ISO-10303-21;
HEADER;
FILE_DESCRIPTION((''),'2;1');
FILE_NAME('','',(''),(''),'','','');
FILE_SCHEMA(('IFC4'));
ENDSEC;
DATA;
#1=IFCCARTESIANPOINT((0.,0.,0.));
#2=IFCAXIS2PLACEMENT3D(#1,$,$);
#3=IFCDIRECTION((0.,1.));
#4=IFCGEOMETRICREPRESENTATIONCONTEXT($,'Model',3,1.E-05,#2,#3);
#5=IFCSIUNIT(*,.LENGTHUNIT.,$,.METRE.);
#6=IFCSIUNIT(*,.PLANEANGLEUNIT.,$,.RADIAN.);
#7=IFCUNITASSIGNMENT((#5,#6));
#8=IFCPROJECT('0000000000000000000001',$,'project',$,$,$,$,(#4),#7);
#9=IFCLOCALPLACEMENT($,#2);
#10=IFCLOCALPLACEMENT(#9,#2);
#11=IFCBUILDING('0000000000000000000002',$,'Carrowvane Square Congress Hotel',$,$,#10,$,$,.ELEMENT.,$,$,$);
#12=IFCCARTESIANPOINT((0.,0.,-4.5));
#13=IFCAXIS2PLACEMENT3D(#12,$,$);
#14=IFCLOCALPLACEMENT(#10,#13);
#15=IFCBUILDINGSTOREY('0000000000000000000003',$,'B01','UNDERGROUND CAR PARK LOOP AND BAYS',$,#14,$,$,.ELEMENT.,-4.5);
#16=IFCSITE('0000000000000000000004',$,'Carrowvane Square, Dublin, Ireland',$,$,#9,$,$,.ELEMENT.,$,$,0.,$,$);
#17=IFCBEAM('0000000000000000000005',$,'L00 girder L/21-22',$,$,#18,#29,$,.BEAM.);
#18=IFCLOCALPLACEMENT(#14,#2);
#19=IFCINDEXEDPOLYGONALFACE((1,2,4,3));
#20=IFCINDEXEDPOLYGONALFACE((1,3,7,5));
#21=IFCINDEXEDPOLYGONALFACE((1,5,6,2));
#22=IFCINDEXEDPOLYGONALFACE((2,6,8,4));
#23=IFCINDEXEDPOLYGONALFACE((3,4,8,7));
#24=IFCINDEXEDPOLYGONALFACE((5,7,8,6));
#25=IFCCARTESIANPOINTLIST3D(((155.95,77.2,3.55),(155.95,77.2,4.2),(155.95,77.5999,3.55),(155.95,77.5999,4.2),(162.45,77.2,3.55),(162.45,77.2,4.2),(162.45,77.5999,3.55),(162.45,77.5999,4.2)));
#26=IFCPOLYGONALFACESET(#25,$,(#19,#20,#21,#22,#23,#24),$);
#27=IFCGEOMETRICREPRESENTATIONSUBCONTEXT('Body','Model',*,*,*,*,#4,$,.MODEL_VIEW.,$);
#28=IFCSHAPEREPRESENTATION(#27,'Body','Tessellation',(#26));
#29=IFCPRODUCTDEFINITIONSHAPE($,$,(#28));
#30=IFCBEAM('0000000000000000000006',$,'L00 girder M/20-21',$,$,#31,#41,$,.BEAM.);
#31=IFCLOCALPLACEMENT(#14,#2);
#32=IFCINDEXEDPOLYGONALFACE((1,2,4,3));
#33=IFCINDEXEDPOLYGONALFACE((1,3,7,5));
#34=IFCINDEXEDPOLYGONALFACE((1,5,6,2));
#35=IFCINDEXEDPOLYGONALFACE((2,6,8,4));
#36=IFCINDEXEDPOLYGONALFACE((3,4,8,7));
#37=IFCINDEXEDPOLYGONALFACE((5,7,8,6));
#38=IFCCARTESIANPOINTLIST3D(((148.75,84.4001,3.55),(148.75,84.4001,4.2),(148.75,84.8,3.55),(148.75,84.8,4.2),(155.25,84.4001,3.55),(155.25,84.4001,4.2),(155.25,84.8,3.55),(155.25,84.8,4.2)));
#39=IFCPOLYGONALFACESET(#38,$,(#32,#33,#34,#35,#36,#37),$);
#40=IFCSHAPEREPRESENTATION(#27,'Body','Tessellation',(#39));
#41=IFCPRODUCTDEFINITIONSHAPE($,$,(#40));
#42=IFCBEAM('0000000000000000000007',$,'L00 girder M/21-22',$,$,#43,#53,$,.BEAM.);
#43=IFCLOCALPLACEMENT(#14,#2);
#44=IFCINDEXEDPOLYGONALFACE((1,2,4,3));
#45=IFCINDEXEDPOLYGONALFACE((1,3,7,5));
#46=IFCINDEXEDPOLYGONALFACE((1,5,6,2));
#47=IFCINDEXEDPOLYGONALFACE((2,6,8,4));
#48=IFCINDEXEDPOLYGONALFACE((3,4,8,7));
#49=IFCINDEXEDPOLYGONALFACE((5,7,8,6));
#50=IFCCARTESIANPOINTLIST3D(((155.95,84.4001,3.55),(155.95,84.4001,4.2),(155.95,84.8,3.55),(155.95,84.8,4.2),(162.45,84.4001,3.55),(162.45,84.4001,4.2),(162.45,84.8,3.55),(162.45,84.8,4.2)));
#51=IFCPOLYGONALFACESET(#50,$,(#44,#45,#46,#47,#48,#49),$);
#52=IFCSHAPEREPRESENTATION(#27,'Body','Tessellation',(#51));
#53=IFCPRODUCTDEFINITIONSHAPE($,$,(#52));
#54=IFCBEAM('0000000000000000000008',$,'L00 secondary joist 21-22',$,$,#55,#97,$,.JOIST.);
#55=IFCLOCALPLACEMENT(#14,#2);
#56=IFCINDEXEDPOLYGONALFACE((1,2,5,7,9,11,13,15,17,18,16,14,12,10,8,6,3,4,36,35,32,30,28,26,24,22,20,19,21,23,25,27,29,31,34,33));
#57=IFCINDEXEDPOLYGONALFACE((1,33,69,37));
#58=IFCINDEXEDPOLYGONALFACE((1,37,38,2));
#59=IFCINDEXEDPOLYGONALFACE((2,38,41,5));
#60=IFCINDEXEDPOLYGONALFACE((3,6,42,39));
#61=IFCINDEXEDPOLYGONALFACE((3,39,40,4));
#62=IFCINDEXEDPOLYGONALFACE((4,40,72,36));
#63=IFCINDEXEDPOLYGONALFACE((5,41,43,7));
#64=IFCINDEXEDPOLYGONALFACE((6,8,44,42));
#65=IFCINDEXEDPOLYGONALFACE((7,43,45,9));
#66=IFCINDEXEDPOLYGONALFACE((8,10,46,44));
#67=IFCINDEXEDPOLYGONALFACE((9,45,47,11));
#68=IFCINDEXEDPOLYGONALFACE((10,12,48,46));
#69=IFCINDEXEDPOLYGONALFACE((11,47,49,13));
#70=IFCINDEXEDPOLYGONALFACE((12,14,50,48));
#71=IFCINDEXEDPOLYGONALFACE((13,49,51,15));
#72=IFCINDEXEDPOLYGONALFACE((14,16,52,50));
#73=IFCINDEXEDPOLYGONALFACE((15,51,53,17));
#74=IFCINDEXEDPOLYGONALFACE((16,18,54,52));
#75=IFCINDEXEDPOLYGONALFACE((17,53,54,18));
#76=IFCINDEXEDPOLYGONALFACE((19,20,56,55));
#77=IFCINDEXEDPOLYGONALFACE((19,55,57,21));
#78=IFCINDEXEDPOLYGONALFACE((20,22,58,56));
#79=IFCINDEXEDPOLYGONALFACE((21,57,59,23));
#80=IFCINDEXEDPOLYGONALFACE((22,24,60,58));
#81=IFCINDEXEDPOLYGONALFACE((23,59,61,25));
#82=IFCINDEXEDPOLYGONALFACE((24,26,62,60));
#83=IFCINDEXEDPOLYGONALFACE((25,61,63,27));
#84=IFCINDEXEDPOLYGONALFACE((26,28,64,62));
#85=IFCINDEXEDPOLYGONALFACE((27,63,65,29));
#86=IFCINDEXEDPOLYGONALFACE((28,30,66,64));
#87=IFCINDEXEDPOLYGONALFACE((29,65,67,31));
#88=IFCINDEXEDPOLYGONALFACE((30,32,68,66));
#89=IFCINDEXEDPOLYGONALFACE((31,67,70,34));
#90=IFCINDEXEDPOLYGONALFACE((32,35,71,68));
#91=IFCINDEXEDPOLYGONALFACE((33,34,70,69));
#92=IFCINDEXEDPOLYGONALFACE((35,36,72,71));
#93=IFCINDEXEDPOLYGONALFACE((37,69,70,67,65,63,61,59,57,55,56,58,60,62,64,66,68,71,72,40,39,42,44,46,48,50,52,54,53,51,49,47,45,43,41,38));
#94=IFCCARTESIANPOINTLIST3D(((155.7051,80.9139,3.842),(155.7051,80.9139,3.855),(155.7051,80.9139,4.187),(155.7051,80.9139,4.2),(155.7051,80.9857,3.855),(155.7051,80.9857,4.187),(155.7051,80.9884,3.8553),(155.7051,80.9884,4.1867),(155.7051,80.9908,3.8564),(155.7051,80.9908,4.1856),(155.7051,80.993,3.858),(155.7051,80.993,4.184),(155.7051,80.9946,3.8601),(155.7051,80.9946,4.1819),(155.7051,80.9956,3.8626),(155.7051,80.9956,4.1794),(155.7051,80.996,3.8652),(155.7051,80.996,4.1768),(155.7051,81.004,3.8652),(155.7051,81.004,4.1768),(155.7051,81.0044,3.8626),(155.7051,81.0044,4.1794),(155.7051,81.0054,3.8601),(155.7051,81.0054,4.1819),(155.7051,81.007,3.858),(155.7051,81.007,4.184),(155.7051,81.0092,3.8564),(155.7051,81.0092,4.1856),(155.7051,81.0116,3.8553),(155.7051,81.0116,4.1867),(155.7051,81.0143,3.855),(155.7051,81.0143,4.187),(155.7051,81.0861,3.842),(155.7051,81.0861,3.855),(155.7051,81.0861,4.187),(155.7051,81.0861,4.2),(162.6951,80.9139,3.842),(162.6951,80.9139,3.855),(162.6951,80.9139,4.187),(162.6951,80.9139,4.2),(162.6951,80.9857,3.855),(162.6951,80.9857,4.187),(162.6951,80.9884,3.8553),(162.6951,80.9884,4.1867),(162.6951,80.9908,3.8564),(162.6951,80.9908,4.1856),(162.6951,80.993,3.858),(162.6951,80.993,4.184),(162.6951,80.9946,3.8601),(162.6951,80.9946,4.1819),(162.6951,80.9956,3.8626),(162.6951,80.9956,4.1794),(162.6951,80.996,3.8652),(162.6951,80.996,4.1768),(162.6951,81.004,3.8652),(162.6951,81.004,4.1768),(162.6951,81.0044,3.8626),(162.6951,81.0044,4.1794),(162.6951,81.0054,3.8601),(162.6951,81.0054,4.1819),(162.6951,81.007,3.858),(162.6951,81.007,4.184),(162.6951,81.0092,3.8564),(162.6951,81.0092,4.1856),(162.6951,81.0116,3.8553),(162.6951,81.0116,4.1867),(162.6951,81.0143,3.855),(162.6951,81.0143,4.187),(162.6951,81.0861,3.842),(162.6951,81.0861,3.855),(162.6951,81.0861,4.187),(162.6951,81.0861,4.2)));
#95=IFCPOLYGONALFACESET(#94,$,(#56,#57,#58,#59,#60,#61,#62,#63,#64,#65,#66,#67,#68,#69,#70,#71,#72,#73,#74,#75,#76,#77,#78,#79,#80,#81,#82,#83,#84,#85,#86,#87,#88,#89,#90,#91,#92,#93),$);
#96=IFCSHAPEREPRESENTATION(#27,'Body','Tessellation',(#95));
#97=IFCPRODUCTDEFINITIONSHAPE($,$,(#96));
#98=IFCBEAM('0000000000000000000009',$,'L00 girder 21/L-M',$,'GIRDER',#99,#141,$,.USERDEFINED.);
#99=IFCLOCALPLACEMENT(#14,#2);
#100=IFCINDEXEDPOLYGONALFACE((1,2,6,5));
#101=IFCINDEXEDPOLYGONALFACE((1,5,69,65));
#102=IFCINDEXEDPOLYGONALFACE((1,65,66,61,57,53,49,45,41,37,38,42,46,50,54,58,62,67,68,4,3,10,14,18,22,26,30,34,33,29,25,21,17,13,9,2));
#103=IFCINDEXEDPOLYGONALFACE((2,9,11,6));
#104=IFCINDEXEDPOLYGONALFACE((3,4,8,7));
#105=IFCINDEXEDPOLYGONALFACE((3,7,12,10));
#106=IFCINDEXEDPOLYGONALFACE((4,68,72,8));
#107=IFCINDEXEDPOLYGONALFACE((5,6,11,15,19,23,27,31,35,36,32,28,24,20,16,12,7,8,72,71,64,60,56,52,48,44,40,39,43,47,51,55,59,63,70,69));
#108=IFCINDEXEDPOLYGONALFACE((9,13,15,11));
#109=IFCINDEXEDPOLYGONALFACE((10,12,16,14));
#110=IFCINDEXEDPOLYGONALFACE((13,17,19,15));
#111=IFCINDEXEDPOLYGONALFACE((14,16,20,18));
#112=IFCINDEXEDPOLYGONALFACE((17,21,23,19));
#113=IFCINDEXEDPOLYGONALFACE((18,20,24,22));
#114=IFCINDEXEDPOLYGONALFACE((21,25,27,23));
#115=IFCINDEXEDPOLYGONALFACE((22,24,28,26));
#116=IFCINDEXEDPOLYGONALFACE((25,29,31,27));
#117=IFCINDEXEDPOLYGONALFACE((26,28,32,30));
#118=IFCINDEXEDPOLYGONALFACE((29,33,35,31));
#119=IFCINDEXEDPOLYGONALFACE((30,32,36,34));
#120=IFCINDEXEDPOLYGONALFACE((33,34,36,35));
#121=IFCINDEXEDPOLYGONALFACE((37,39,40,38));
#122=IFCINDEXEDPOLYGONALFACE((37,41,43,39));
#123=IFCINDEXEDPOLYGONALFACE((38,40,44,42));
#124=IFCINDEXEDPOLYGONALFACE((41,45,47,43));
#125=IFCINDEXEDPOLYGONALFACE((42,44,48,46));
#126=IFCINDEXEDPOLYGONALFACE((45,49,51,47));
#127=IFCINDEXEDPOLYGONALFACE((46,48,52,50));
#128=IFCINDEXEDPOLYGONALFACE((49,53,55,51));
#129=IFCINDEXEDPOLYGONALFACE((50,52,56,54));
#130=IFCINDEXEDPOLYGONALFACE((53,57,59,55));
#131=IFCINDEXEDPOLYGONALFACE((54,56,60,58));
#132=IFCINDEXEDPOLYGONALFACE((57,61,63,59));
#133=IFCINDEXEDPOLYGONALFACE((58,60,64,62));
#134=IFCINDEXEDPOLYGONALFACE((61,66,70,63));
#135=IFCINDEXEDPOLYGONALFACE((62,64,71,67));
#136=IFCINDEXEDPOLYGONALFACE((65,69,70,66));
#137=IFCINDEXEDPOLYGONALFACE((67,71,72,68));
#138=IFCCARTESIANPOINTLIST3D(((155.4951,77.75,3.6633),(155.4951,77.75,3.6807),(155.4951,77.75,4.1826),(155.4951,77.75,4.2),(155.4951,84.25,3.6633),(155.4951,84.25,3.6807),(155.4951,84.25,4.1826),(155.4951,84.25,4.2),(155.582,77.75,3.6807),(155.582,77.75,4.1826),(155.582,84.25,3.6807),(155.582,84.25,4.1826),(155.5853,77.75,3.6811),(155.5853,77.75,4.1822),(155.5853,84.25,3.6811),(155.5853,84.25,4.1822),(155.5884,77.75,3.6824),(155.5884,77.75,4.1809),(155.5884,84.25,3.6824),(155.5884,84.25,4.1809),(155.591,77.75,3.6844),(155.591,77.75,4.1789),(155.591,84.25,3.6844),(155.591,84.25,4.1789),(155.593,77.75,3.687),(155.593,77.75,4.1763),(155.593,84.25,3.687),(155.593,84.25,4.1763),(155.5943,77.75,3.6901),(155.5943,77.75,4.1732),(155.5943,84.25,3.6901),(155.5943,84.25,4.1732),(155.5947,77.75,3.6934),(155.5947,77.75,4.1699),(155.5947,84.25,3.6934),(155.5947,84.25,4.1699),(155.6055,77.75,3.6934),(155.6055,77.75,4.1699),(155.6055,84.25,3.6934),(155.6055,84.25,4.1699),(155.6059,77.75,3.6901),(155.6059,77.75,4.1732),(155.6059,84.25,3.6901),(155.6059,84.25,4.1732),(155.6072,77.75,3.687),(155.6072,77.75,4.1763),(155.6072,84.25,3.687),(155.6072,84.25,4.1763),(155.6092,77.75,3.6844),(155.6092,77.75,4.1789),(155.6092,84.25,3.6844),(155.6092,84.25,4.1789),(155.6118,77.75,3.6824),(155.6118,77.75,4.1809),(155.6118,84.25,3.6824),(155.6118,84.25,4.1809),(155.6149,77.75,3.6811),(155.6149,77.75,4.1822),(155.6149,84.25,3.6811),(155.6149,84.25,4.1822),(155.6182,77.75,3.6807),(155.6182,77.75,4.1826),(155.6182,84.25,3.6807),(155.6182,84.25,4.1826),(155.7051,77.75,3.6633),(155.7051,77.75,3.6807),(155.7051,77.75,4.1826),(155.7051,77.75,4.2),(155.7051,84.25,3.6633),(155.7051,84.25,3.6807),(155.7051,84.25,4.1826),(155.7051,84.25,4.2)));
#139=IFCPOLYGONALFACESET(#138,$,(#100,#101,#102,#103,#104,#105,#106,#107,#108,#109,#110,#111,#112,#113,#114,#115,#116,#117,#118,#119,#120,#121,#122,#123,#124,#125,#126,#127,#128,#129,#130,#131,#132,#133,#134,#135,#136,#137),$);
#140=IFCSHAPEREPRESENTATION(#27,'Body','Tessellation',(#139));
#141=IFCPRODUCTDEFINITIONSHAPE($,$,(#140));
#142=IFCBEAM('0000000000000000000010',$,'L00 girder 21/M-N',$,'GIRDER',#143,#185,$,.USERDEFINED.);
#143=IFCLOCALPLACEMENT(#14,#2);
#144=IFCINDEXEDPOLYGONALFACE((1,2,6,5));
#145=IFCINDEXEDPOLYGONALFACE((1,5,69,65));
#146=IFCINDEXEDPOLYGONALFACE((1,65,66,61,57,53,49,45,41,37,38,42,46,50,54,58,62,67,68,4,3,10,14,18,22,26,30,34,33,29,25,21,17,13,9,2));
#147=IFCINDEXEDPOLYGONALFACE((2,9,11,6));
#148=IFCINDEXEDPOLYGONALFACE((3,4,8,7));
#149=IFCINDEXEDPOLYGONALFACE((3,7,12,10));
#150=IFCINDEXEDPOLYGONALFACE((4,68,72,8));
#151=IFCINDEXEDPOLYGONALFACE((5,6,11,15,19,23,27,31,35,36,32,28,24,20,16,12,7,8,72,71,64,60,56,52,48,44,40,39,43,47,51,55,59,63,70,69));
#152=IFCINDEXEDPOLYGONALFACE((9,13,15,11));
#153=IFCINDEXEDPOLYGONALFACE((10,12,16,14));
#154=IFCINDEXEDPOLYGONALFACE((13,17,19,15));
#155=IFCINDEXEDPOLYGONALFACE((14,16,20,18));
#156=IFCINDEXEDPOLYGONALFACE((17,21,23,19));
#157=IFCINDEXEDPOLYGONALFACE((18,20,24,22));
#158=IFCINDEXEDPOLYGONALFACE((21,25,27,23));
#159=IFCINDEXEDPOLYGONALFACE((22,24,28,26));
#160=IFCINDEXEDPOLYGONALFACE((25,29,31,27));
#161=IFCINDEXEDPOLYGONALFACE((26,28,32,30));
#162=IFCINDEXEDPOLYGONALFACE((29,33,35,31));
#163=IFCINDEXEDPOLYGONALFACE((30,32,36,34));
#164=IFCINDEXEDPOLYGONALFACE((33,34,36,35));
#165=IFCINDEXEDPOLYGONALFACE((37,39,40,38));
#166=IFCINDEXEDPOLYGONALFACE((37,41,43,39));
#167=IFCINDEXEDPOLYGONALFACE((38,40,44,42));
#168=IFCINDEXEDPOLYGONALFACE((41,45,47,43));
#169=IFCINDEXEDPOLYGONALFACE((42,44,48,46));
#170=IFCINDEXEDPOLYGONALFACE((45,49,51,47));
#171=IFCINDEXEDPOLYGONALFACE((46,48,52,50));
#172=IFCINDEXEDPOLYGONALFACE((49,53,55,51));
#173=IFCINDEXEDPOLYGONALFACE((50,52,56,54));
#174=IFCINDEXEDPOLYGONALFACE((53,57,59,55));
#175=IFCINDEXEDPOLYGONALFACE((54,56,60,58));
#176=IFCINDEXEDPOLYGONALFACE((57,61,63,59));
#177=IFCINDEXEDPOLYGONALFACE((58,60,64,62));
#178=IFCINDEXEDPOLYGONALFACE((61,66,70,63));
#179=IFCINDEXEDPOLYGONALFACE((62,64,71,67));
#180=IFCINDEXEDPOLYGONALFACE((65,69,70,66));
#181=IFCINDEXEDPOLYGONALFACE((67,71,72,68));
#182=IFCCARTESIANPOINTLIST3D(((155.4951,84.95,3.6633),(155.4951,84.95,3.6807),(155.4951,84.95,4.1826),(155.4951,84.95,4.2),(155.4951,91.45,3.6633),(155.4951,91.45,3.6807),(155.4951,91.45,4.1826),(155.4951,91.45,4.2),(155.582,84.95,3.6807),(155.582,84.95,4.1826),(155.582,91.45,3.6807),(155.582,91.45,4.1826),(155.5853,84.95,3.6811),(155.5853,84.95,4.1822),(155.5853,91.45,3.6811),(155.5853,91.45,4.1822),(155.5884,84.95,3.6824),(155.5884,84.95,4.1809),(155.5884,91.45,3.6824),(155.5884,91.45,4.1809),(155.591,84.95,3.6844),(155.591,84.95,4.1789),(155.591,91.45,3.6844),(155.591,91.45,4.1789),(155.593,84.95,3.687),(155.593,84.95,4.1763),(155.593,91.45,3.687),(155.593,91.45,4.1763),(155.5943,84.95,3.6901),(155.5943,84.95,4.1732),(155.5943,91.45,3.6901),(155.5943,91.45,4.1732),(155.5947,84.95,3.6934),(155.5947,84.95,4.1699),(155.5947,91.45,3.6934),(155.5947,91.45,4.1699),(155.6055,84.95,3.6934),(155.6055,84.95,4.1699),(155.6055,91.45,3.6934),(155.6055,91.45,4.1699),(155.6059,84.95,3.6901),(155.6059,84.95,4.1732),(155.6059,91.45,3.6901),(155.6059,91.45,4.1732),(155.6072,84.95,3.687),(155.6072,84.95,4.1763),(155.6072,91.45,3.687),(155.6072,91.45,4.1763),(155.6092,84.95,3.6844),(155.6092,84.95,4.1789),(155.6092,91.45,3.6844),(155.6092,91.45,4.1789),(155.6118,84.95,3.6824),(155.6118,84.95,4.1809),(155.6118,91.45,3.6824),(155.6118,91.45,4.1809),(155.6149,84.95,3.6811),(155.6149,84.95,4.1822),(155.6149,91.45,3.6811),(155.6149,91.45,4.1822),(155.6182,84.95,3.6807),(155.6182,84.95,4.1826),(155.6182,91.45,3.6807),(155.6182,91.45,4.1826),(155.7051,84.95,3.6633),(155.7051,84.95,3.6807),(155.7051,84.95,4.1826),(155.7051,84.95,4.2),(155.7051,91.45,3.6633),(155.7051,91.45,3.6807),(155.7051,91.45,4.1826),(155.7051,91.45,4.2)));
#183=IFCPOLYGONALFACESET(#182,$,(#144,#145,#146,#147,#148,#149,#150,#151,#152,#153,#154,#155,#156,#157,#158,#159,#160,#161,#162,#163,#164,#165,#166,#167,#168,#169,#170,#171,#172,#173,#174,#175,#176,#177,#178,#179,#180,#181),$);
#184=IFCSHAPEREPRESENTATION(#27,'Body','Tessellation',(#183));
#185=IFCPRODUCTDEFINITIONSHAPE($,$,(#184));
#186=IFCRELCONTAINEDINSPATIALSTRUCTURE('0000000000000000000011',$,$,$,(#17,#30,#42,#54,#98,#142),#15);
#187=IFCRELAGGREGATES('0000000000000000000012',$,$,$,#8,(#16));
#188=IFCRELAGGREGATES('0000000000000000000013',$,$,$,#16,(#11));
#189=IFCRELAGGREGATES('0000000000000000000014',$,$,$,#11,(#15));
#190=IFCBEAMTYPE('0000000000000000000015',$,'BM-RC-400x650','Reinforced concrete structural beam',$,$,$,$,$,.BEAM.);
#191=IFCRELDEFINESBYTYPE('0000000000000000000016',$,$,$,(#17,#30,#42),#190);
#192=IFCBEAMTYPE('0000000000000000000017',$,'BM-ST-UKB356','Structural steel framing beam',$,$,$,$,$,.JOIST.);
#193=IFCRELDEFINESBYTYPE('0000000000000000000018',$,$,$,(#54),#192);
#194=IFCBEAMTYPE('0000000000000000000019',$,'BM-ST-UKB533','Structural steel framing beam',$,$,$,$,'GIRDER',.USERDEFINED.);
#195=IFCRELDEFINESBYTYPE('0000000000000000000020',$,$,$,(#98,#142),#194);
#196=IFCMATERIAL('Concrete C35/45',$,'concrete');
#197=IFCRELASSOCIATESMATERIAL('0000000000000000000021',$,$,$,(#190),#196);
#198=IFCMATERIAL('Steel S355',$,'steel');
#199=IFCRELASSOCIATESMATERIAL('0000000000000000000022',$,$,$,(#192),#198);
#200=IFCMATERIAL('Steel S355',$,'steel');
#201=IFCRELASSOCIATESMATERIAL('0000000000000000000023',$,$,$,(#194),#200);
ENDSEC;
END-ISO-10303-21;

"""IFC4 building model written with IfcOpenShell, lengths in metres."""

from ifc_helpers import new_model, si_unit, direction, frame, origin, origin_2d, place, context, subcontext, project, spatial, rectangle, i_section, extrude, material, material_profile, profile_set, type_object, element, save


model = new_model("IFC4")

# Units and contexts
model_context = context("Model", 3, precision=1e-05, world=origin(), true_north=direction((0.0, 1.0)))
body_context = subcontext(model_context, "Body", "Model", "MODEL_VIEW")
ifc_project = project(units=[si_unit("LENGTHUNIT", "METRE"), si_unit("PLANEANGLEUNIT", "RADIAN")], contexts=[model_context])

# Site, building, storey
site_placement = place(None, origin())
site = spatial("IfcSite", under=ifc_project, at=site_placement, Name="Carrowvane Square, Dublin, Ireland", CompositionType="ELEMENT", RefElevation=0.0)
building_placement = place(site_placement, origin())
building = spatial("IfcBuilding", under=site, at=building_placement, Name="Carrowvane Square Congress Hotel", CompositionType="ELEMENT")
storey_placement = place(building_placement, frame((0.0, 0.0, -4.5)))
storey = spatial("IfcBuildingStorey", under=building, at=storey_placement, Name="B01", Description="UNDERGROUND CAR PARK LOOP AND BAYS", CompositionType="ELEMENT", Elevation=-4.5)

# Beams
ifc_material_1 = material(Name="Concrete C35/45", Category="concrete")
ifc_material_profile_1 = material_profile(ifc_material_1, rectangle(XDim=0.3999, YDim=0.6499, at=origin_2d()), Name="RC 400x650")
ifc_profile_set_1 = profile_set([ifc_material_profile_1], Name="Concrete C35/45")
beam_type_1 = type_object("IfcBeamType", Name="BM-RC-400x650", Description="Reinforced concrete structural beam", PredefinedType="BEAM", material=ifc_profile_set_1)
for number, where, z_axis, x_axis, name in (
    (1, (155.95, 77.3999, 3.875), (1.0, 0.0, 0.0), (0.0, 1.0, 0.0), "L00 girder L/21-22"),
    (2, (148.75, 84.6001, 3.875), (1.0, 0.0, 0.0), (0.0, 1.0, 0.0), "L00 girder M/20-21"),
    (3, (155.95, 84.6001, 3.875), (1.0, 0.0, 0.0), (0.0, 1.0, 0.0), "L00 girder M/21-22"),
):
    element("IfcBeam", number, at=place(storey_placement, frame(where, z_axis=z_axis, x_axis=x_axis)), inside=storey, type_object=beam_type_1, Name=name, PredefinedType="BEAM", context=body_context, shape_type="SweptSolid", body=[
        extrude(rectangle(XDim=0.3999, YDim=0.6499, at=origin_2d()), origin(), (0.0, 0.0, 1.0), 6.5),
    ])
ifc_material_2 = material(Name="Steel S355", Category="steel")
ifc_material_profile_2 = material_profile(ifc_material_2, i_section(OverallWidth=0.1721, OverallDepth=0.3579, WebThickness=0.0081, FlangeThickness=0.0129, FilletRadius=0.0103, at=origin_2d()), Name="UKB 356x171x57")
ifc_profile_set_2 = profile_set([ifc_material_profile_2], Name="Steel S355")
beam_type_2 = type_object("IfcBeamType", Name="BM-ST-UKB356", Description="Structural steel framing beam", PredefinedType="JOIST", material=ifc_profile_set_2)
beam_placement = place(storey_placement, frame((155.7051, 81.0, 4.021), z_axis=(1.0, 0.0, 0.0), x_axis=(0.0, 1.0, 0.0)))
element("IfcBeam", 4, at=beam_placement, inside=storey, type_object=beam_type_2, Name="L00 secondary joist 21-22", PredefinedType="JOIST", context=body_context, shape_type="SweptSolid", body=[
    extrude(i_section(OverallWidth=0.1721, OverallDepth=0.3579, WebThickness=0.0081, FlangeThickness=0.0129, FilletRadius=0.0103, at=origin_2d()), origin(), (0.0, 0.0, 1.0), 6.99),
])
ifc_material_3 = material(Name="Steel S355", Category="steel")
ifc_material_profile_3 = material_profile(ifc_material_3, i_section(OverallWidth=0.21, OverallDepth=0.5366, WebThickness=0.0107, FlangeThickness=0.0173, FilletRadius=0.0127, at=origin_2d()), Name="UKB 533x210x101")
ifc_profile_set_3 = profile_set([ifc_material_profile_3], Name="Steel S355")
beam_type_3 = type_object("IfcBeamType", Name="BM-ST-UKB533", Description="Structural steel framing beam", ElementType="GIRDER", PredefinedType="USERDEFINED", material=ifc_profile_set_3)
for number, where, z_axis, x_axis, name in (
    (5, (155.6001, 77.75, 3.9316), (0.0, 1.0, 0.0), (-1.0, 0.0, 0.0), "L00 girder 21/L-M"),
    (6, (155.6001, 84.95, 3.9316), (0.0, 1.0, 0.0), (-1.0, 0.0, 0.0), "L00 girder 21/M-N"),
):
    element("IfcBeam", number, at=place(storey_placement, frame(where, z_axis=z_axis, x_axis=x_axis)), inside=storey, type_object=beam_type_3, Name=name, ObjectType="GIRDER", PredefinedType="USERDEFINED", context=body_context, shape_type="SweptSolid", body=[
        extrude(i_section(OverallWidth=0.21, OverallDepth=0.5366, WebThickness=0.0107, FlangeThickness=0.0173, FilletRadius=0.0127, at=origin_2d()), origin(), (0.0, 0.0, 1.0), 6.5),
    ])

save(model, "model.ifc")
